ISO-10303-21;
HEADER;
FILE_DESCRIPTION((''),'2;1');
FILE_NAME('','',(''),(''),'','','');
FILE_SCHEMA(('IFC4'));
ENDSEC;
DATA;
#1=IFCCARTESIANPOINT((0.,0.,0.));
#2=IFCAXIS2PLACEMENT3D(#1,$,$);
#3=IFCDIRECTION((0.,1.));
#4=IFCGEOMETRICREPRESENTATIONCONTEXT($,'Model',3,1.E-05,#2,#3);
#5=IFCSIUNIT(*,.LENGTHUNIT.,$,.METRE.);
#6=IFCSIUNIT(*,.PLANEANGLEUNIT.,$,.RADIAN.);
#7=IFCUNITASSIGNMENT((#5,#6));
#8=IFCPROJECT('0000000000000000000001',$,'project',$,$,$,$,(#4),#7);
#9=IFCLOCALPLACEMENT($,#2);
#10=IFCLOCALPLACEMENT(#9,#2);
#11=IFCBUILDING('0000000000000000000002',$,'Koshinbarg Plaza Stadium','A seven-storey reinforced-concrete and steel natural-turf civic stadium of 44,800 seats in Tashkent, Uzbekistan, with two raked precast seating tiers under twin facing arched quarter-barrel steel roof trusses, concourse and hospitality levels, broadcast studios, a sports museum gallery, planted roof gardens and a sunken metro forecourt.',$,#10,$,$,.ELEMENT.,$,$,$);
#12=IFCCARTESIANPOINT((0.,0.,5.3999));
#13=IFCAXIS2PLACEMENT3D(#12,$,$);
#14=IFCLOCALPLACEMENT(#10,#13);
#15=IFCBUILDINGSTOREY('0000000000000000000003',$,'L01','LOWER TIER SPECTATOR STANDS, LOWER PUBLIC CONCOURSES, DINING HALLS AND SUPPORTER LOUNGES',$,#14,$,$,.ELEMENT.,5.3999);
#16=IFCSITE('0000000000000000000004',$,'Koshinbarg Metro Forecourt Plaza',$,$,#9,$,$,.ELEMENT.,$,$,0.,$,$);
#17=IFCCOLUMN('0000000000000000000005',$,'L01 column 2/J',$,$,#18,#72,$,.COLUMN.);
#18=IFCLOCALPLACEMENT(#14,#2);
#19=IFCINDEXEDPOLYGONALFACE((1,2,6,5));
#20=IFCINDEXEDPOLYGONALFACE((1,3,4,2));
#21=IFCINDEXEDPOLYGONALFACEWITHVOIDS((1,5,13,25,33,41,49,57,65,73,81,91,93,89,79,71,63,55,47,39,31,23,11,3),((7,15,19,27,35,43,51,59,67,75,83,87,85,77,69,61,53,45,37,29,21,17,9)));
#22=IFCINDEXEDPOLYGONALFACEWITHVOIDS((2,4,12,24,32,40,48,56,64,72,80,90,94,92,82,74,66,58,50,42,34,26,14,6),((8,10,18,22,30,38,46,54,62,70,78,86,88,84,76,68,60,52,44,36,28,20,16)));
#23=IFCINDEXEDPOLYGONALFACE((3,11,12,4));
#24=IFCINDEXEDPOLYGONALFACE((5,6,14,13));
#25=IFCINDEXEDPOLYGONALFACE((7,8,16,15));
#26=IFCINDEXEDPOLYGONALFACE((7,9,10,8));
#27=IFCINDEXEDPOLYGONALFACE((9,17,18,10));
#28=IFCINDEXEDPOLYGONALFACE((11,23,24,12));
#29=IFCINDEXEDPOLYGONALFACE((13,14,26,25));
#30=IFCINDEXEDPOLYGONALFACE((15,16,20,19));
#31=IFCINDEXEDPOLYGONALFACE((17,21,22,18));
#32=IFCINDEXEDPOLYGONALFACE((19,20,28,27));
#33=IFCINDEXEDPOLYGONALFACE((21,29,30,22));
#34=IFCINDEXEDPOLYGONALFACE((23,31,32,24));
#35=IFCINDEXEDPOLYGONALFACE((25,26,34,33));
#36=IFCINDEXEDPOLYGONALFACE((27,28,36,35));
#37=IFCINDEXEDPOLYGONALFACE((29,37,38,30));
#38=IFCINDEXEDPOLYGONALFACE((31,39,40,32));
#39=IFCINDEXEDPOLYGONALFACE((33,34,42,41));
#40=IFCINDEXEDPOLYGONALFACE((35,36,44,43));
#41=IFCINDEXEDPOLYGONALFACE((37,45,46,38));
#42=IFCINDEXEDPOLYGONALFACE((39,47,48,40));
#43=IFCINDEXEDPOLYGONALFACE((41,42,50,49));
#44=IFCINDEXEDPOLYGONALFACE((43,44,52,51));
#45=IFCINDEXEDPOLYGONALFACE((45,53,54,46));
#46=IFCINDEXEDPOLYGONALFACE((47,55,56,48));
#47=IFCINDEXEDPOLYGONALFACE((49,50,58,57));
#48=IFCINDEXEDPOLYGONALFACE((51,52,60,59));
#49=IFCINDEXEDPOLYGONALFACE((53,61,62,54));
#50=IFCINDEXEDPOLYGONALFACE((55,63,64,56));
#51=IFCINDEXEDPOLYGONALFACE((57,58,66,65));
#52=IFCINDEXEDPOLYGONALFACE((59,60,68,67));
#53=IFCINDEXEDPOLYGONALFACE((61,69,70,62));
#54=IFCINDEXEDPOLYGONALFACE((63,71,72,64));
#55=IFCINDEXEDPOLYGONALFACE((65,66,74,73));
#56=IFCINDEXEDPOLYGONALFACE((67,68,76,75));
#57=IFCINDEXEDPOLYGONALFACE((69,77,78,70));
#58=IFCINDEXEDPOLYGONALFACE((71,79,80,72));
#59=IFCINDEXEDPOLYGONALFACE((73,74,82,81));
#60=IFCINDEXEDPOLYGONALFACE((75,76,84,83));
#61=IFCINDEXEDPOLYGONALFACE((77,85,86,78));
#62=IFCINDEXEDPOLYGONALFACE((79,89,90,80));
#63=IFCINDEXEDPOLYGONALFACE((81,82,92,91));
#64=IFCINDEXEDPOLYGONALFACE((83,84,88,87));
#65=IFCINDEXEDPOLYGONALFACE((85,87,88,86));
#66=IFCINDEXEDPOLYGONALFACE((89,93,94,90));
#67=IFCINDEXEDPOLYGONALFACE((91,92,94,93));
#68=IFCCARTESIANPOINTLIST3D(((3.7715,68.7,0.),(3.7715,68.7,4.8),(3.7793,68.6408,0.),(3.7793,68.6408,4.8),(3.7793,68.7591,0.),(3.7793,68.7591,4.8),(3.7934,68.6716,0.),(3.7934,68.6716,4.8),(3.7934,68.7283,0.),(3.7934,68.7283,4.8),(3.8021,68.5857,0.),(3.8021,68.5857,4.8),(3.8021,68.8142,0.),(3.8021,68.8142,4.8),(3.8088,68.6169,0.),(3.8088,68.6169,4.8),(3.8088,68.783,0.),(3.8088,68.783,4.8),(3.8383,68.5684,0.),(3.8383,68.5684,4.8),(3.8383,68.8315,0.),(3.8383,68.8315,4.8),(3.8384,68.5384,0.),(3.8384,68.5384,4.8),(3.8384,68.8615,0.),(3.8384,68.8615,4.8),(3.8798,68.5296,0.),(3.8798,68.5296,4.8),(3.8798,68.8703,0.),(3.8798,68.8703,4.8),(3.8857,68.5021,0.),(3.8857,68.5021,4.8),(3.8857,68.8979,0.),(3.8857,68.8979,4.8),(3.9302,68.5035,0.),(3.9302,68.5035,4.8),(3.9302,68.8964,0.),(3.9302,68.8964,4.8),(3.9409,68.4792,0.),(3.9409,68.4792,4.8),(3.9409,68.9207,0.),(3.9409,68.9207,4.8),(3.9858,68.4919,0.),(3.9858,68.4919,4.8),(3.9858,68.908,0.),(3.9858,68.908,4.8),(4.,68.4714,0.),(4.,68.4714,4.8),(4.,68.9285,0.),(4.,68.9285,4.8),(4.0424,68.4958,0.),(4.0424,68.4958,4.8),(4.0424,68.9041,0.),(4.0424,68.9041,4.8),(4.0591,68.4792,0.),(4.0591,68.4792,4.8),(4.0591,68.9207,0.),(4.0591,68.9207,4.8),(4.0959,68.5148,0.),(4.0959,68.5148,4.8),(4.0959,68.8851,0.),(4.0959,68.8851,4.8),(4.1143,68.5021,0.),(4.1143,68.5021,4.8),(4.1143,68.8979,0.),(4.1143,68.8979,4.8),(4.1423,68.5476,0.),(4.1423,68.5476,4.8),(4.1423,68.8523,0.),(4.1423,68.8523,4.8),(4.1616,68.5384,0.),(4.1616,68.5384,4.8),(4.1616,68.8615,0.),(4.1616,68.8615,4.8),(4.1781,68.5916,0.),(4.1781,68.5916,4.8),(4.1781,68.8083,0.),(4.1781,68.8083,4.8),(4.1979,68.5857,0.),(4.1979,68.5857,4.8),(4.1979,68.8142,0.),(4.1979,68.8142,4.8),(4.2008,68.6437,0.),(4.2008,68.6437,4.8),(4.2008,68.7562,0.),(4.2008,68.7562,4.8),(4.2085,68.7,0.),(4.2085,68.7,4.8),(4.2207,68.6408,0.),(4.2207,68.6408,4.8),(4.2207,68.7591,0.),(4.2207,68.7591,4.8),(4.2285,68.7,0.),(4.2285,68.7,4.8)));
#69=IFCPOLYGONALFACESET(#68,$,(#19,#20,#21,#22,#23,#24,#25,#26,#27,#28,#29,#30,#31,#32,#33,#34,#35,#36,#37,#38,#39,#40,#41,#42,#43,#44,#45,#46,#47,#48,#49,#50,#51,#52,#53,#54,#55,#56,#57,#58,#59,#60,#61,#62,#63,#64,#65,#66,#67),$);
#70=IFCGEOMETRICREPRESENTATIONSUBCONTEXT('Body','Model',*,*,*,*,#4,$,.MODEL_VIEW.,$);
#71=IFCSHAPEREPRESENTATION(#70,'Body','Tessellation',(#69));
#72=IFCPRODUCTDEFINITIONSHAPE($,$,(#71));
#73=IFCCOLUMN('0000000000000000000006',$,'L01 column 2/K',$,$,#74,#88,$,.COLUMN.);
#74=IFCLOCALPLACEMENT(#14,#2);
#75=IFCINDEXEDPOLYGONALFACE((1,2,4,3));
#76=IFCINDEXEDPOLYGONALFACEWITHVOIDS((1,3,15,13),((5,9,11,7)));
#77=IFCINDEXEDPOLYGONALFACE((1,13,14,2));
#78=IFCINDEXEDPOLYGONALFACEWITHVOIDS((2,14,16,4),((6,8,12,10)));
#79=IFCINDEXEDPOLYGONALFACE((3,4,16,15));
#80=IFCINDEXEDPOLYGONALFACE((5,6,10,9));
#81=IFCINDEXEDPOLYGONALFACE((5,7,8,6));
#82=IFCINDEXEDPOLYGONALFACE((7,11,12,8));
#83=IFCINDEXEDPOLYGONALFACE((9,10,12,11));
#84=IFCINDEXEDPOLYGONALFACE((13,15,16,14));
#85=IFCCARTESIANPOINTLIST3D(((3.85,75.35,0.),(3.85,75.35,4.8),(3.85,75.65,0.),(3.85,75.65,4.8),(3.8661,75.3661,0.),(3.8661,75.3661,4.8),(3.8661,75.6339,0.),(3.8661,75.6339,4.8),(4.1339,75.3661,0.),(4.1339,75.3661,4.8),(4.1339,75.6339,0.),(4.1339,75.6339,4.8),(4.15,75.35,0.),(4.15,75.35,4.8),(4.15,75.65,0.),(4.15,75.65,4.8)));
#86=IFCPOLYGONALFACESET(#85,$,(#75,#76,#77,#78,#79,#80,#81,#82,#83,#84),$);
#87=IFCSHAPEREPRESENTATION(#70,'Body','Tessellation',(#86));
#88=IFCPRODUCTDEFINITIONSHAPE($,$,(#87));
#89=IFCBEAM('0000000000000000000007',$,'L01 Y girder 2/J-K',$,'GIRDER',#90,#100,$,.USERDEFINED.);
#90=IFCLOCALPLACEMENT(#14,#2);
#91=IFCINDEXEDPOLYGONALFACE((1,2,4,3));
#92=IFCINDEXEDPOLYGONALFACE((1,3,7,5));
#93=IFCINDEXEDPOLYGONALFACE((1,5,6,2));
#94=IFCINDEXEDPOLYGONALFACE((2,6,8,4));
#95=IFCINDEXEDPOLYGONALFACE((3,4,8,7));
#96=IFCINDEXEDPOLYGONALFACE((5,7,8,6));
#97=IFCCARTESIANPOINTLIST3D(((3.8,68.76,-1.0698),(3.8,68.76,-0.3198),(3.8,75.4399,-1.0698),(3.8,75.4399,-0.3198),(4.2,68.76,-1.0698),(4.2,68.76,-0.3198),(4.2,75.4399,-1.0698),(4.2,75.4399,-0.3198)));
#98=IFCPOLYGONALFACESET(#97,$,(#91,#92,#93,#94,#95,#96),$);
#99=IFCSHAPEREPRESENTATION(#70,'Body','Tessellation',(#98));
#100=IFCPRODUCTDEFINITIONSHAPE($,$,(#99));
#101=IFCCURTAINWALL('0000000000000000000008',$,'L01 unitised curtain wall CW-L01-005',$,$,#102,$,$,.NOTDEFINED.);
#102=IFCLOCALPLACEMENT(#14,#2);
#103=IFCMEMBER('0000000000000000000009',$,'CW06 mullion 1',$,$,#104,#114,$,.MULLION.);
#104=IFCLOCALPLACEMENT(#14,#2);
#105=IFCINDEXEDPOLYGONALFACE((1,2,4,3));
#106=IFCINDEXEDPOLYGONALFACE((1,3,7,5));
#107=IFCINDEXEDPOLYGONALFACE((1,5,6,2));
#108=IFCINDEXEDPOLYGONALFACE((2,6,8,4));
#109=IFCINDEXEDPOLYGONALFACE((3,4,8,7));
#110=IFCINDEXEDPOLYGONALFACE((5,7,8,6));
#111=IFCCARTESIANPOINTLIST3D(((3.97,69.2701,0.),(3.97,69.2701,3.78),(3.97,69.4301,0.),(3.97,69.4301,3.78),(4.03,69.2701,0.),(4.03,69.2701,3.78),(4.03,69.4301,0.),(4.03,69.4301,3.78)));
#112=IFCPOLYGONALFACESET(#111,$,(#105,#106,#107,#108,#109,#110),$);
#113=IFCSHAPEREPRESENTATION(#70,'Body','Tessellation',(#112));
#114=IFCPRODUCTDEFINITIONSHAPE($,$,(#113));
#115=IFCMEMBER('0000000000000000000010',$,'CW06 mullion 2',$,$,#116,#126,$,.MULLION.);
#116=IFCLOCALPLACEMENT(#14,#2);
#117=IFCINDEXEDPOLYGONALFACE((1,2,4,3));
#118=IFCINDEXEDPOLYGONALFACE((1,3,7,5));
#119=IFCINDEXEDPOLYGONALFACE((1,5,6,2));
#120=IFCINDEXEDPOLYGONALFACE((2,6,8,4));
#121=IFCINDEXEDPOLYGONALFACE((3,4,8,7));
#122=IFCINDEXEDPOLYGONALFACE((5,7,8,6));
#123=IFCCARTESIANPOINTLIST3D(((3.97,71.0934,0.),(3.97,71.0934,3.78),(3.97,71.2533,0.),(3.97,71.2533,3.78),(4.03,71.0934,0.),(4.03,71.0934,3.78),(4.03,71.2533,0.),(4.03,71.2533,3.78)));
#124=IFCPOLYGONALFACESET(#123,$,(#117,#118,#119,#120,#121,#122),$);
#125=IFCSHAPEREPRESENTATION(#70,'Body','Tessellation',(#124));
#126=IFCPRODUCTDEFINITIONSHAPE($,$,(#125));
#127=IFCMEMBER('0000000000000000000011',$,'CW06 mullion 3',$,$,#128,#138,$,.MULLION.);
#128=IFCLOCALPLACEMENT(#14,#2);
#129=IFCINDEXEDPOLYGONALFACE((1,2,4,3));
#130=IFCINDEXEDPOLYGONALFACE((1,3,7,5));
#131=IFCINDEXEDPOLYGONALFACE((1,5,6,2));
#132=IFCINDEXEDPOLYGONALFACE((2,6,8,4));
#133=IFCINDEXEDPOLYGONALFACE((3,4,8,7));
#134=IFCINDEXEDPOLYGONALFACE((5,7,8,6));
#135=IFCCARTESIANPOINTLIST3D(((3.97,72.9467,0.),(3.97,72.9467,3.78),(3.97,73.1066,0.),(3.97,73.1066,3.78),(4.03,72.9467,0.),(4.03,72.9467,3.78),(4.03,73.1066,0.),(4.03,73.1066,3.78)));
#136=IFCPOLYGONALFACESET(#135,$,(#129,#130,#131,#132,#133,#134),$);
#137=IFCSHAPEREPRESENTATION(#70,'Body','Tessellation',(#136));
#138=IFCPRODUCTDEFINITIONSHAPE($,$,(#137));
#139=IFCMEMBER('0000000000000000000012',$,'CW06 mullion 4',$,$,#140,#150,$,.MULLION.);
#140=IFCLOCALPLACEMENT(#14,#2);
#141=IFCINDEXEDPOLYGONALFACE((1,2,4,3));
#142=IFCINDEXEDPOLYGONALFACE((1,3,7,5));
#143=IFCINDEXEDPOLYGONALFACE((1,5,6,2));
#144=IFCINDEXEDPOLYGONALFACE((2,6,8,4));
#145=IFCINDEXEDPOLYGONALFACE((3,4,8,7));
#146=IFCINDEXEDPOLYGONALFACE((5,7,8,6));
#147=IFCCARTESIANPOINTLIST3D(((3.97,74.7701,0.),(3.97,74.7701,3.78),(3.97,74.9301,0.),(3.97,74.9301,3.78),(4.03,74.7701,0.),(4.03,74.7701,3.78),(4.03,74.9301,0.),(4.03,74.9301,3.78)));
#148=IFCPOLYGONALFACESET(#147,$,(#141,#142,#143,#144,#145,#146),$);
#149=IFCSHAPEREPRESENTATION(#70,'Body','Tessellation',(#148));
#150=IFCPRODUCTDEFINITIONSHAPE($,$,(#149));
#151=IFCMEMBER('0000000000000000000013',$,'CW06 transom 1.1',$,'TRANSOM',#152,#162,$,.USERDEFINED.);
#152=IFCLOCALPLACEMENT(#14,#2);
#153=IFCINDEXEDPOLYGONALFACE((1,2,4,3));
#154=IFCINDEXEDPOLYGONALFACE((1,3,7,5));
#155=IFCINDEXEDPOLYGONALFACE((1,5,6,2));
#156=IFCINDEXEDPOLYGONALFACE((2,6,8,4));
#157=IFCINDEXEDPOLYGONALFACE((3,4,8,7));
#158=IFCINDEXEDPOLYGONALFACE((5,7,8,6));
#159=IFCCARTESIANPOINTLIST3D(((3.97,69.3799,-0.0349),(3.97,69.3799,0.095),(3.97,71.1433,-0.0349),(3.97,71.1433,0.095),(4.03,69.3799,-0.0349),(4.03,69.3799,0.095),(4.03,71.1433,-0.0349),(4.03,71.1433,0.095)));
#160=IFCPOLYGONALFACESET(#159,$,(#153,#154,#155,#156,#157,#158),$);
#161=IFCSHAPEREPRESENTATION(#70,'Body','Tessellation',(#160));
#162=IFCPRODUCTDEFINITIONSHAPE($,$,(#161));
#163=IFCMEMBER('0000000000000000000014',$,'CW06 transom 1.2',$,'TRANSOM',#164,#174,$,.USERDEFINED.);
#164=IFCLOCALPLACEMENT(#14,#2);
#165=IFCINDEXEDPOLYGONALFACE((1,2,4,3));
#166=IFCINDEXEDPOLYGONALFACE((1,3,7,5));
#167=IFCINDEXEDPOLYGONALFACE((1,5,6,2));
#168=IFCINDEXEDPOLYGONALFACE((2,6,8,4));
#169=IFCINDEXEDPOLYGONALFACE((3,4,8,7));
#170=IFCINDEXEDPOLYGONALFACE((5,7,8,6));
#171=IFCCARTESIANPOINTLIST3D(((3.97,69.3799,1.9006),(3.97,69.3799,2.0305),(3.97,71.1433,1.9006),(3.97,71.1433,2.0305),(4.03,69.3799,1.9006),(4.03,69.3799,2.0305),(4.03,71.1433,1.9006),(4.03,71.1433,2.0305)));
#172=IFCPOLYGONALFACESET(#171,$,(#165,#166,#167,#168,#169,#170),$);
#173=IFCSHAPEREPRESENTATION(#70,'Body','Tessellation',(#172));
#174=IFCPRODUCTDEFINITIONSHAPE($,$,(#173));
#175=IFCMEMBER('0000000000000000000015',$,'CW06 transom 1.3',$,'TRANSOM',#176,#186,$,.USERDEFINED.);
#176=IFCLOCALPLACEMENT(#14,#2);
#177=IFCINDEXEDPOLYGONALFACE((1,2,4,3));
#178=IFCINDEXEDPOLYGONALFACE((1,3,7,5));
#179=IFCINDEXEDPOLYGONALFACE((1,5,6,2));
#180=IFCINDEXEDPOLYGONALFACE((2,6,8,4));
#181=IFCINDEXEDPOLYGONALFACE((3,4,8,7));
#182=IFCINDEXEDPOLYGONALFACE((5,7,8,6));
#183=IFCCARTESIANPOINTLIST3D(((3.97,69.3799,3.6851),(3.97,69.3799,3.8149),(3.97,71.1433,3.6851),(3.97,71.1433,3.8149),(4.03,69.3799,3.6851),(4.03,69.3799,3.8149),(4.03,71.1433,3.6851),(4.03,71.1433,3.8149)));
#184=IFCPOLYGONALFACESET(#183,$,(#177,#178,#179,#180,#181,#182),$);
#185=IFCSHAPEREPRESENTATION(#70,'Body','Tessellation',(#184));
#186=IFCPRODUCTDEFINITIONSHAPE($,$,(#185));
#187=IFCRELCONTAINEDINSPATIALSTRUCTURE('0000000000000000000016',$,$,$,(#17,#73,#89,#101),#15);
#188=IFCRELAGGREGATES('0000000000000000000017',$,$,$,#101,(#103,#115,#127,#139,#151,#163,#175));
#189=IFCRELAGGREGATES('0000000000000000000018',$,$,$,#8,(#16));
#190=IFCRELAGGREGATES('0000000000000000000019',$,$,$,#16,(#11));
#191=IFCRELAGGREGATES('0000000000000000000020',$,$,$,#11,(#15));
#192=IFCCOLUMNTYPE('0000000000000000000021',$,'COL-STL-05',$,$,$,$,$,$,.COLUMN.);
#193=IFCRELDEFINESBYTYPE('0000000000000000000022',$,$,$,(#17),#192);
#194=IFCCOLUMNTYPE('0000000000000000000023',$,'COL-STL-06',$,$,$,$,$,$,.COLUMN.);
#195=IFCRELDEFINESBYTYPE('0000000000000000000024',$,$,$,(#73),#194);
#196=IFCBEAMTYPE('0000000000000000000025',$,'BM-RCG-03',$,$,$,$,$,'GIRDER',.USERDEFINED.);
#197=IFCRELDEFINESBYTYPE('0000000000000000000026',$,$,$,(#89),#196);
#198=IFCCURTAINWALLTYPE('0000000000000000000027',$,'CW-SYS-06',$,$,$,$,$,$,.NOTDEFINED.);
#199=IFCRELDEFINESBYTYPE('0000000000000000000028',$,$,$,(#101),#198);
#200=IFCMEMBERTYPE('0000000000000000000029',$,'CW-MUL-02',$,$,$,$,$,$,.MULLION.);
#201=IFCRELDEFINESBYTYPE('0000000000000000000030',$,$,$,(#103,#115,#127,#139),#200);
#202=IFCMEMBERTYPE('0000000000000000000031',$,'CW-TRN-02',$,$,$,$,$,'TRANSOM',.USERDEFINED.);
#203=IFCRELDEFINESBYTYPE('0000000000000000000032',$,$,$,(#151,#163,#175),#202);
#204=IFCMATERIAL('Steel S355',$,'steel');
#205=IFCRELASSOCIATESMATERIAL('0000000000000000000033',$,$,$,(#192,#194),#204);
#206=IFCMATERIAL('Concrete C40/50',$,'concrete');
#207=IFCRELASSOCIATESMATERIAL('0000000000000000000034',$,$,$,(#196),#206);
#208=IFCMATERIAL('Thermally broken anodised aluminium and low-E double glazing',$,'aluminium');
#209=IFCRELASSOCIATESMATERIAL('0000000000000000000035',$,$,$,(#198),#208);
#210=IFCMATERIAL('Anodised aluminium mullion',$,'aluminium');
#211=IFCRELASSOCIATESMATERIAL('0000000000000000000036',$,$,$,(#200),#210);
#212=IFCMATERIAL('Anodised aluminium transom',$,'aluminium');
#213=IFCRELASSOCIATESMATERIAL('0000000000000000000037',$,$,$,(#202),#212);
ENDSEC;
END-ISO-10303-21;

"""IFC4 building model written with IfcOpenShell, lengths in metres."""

from ifc_helpers import new_model, si_unit, direction, frame, origin, origin_2d, place, context, subcontext, project, spatial, rectangle, hollow_rectangle, hollow_circle, extrude, material, material_profile, profile_set, type_object, element, aggregate, save


model = new_model("IFC4")

# Units and contexts
model_context = context("Model", 3, precision=1e-05, world=origin(), true_north=direction((0.0, 1.0)))
body_context = subcontext(model_context, "Body", "Model", "MODEL_VIEW")
ifc_project = project(units=[si_unit("LENGTHUNIT", "METRE"), si_unit("PLANEANGLEUNIT", "RADIAN")], contexts=[model_context])

# Site, building, storey
site_placement = place(None, origin())
site = spatial("IfcSite", under=ifc_project, at=site_placement, Name="Koshinbarg Metro Forecourt Plaza", CompositionType="ELEMENT", RefElevation=0.0)
building_placement = place(site_placement, origin())
building = spatial("IfcBuilding", under=site, at=building_placement, Name="Koshinbarg Plaza Stadium", Description="A seven-storey reinforced-concrete and steel natural-turf civic stadium of 44,800 seats in Tashkent, Uzbekistan, with two raked precast seating tiers under twin facing arched quarter-barrel steel roof trusses, concourse and hospitality levels, broadcast studios, a sports museum gallery, planted roof gardens and a sunken metro forecourt.", CompositionType="ELEMENT")
storey_placement = place(building_placement, frame((0.0, 0.0, 5.3999)))
storey = spatial("IfcBuildingStorey", under=building, at=storey_placement, Name="L01", Description="LOWER TIER SPECTATOR STANDS, LOWER PUBLIC CONCOURSES, DINING HALLS AND SUPPORTER LOUNGES", CompositionType="ELEMENT", Elevation=5.3999)

# Columns
ifc_material_1 = material(Name="Steel S355", Category="steel")
ifc_material_profile_1 = material_profile(ifc_material_1, hollow_circle(Radius=0.2285, WallThickness=0.02, at=origin_2d()), Name="CHS 457x20")
ifc_profile_set_1 = profile_set([ifc_material_profile_1], Name="Steel S355")
column_type_1 = type_object("IfcColumnType", Name="COL-STL-05", PredefinedType="COLUMN", material=ifc_profile_set_1)
column_1_placement = place(storey_placement, frame((4.0, 68.7, 0.0), z_axis=(0.0, 0.0, 1.0), x_axis=(1.0, 0.0, 0.0)))
element("IfcColumn", 1, at=column_1_placement, inside=storey, type_object=column_type_1, Name="L01 column 2/J", PredefinedType="COLUMN", context=body_context, shape_type="SweptSolid", body=[
    extrude(hollow_circle(Radius=0.2285, WallThickness=0.02, at=origin_2d()), origin(), (0.0, 0.0, 1.0), 4.8),
])
ifc_material_profile_2 = material_profile(ifc_material_1, hollow_rectangle(XDim=0.3, YDim=0.3, WallThickness=0.0161, at=origin_2d()), Name="SHS 300x300x16")
ifc_profile_set_2 = profile_set([ifc_material_profile_2], Name="Steel S355")
column_type_2 = type_object("IfcColumnType", Name="COL-STL-06", PredefinedType="COLUMN", material=ifc_profile_set_2)
column_2_placement = place(storey_placement, frame((4.0, 75.5, 0.0), z_axis=(0.0, 0.0, 1.0), x_axis=(1.0, 0.0, 0.0)))
element("IfcColumn", 2, at=column_2_placement, inside=storey, type_object=column_type_2, Name="L01 column 2/K", PredefinedType="COLUMN", context=body_context, shape_type="SweptSolid", body=[
    extrude(hollow_rectangle(XDim=0.3, YDim=0.3, WallThickness=0.0161, at=origin_2d()), origin(), (0.0, 0.0, 1.0), 4.8),
])

# Beam
ifc_material_2 = material(Name="Concrete C40/50", Category="concrete")
ifc_material_profile_3 = material_profile(ifc_material_2, rectangle(XDim=0.3999, YDim=0.75, at=origin_2d()), Name="RC 400x750")
ifc_profile_set_3 = profile_set([ifc_material_profile_3], Name="Concrete C40/50")
beam_type = type_object("IfcBeamType", Name="BM-RCG-03", ElementType="GIRDER", PredefinedType="USERDEFINED", material=ifc_profile_set_3)
beam_placement = place(storey_placement, frame((4.0, 68.76, -0.6948), z_axis=(0.0, 1.0, 0.0), x_axis=(-1.0, 0.0, 0.0)))
element("IfcBeam", 3, at=beam_placement, inside=storey, type_object=beam_type, Name="L01 Y girder 2/J-K", ObjectType="GIRDER", PredefinedType="USERDEFINED", context=body_context, shape_type="SweptSolid", body=[
    extrude(rectangle(XDim=0.3999, YDim=0.75, at=origin_2d()), origin(), (0.0, 0.0, 1.0), 6.6799),
])

# Curtain wall, members
ifc_material_3 = material(Name="Thermally broken anodised aluminium and low-E double glazing", Category="aluminium")
curtain_wall_type = type_object("IfcCurtainWallType", Name="CW-SYS-06", PredefinedType="NOTDEFINED", material=ifc_material_3)
curtain_wall_placement = place(storey_placement, origin())
curtain_wall = element("IfcCurtainWall", 4, at=curtain_wall_placement, inside=storey, type_object=curtain_wall_type, Name="L01 unitised curtain wall CW-L01-005", PredefinedType="NOTDEFINED")
ifc_material_4 = material(Name="Anodised aluminium mullion", Category="aluminium")
ifc_material_profile_4 = material_profile(ifc_material_4, rectangle(XDim=0.0601, YDim=0.1599, at=origin_2d()), Name="ALU 60x160")
ifc_profile_set_4 = profile_set([ifc_material_profile_4], Name="Anodised aluminium mullion")
member_type_1 = type_object("IfcMemberType", Name="CW-MUL-02", PredefinedType="MULLION", material=ifc_profile_set_4)
member_1_placement = place(storey_placement, frame((4.0, 69.3501, 0.0), z_axis=(0.0, 0.0, 1.0), x_axis=(-1.0, 0.0, 0.0)))
member_1 = element("IfcMember", 5, at=member_1_placement, type_object=member_type_1, Name="CW06 mullion 1", PredefinedType="MULLION", context=body_context, shape_type="SweptSolid", body=[
    extrude(rectangle(XDim=0.0601, YDim=0.1599, at=origin_2d()), origin(), (0.0, 0.0, 1.0), 3.78),
])
member_2_placement = place(storey_placement, frame((4.0, 71.1733, 0.0), z_axis=(0.0, 0.0, 1.0), x_axis=(-1.0, 0.0, 0.0)))
member_2 = element("IfcMember", 6, at=member_2_placement, type_object=member_type_1, Name="CW06 mullion 2", PredefinedType="MULLION", context=body_context, shape_type="SweptSolid", body=[
    extrude(rectangle(XDim=0.0601, YDim=0.1599, at=origin_2d()), origin(), (0.0, 0.0, 1.0), 3.78),
])
member_3_placement = place(storey_placement, frame((4.0, 73.0266, 0.0), z_axis=(0.0, 0.0, 1.0), x_axis=(-1.0, 0.0, 0.0)))
member_3 = element("IfcMember", 7, at=member_3_placement, type_object=member_type_1, Name="CW06 mullion 3", PredefinedType="MULLION", context=body_context, shape_type="SweptSolid", body=[
    extrude(rectangle(XDim=0.0601, YDim=0.1599, at=origin_2d()), origin(), (0.0, 0.0, 1.0), 3.78),
])
member_4_placement = place(storey_placement, frame((4.0, 74.8501, 0.0), z_axis=(0.0, 0.0, 1.0), x_axis=(-1.0, 0.0, 0.0)))
member_4 = element("IfcMember", 8, at=member_4_placement, type_object=member_type_1, Name="CW06 mullion 4", PredefinedType="MULLION", context=body_context, shape_type="SweptSolid", body=[
    extrude(rectangle(XDim=0.0601, YDim=0.1599, at=origin_2d()), origin(), (0.0, 0.0, 1.0), 3.78),
])
ifc_material_5 = material(Name="Anodised aluminium transom", Category="aluminium")
ifc_material_profile_5 = material_profile(ifc_material_5, rectangle(XDim=0.0601, YDim=0.1299, at=origin_2d()), Name="ALU 60x130")
ifc_profile_set_5 = profile_set([ifc_material_profile_5], Name="Anodised aluminium transom")
member_type_2 = type_object("IfcMemberType", Name="CW-TRN-02", ElementType="TRANSOM", PredefinedType="USERDEFINED", material=ifc_profile_set_5)
member_5_placement = place(storey_placement, frame((4.0, 69.3799, 0.03), z_axis=(0.0, 1.0, 0.0), x_axis=(-1.0, 0.0, 0.0)))
member_5 = element("IfcMember", 9, at=member_5_placement, type_object=member_type_2, Name="CW06 transom 1.1", ObjectType="TRANSOM", PredefinedType="USERDEFINED", context=body_context, shape_type="SweptSolid", body=[
    extrude(rectangle(XDim=0.0601, YDim=0.1299, at=origin_2d()), origin(), (0.0, 0.0, 1.0), 1.7634),
])
member_6_placement = place(storey_placement, frame((4.0, 69.3799, 1.9656), z_axis=(0.0, 1.0, 0.0), x_axis=(-1.0, 0.0, 0.0)))
member_6 = element("IfcMember", 10, at=member_6_placement, type_object=member_type_2, Name="CW06 transom 1.2", ObjectType="TRANSOM", PredefinedType="USERDEFINED", context=body_context, shape_type="SweptSolid", body=[
    extrude(rectangle(XDim=0.0601, YDim=0.1299, at=origin_2d()), origin(), (0.0, 0.0, 1.0), 1.7634),
])
member_7_placement = place(storey_placement, frame((4.0, 69.3799, 3.75), z_axis=(0.0, 1.0, 0.0), x_axis=(-1.0, 0.0, 0.0)))
member_7 = element("IfcMember", 11, at=member_7_placement, type_object=member_type_2, Name="CW06 transom 1.3", ObjectType="TRANSOM", PredefinedType="USERDEFINED", context=body_context, shape_type="SweptSolid", body=[
    extrude(rectangle(XDim=0.0601, YDim=0.1299, at=origin_2d()), origin(), (0.0, 0.0, 1.0), 1.7634),
])
aggregate(curtain_wall, [member_1, member_2, member_3, member_4, member_5, member_6, member_7])

save(model, "model.ifc")
